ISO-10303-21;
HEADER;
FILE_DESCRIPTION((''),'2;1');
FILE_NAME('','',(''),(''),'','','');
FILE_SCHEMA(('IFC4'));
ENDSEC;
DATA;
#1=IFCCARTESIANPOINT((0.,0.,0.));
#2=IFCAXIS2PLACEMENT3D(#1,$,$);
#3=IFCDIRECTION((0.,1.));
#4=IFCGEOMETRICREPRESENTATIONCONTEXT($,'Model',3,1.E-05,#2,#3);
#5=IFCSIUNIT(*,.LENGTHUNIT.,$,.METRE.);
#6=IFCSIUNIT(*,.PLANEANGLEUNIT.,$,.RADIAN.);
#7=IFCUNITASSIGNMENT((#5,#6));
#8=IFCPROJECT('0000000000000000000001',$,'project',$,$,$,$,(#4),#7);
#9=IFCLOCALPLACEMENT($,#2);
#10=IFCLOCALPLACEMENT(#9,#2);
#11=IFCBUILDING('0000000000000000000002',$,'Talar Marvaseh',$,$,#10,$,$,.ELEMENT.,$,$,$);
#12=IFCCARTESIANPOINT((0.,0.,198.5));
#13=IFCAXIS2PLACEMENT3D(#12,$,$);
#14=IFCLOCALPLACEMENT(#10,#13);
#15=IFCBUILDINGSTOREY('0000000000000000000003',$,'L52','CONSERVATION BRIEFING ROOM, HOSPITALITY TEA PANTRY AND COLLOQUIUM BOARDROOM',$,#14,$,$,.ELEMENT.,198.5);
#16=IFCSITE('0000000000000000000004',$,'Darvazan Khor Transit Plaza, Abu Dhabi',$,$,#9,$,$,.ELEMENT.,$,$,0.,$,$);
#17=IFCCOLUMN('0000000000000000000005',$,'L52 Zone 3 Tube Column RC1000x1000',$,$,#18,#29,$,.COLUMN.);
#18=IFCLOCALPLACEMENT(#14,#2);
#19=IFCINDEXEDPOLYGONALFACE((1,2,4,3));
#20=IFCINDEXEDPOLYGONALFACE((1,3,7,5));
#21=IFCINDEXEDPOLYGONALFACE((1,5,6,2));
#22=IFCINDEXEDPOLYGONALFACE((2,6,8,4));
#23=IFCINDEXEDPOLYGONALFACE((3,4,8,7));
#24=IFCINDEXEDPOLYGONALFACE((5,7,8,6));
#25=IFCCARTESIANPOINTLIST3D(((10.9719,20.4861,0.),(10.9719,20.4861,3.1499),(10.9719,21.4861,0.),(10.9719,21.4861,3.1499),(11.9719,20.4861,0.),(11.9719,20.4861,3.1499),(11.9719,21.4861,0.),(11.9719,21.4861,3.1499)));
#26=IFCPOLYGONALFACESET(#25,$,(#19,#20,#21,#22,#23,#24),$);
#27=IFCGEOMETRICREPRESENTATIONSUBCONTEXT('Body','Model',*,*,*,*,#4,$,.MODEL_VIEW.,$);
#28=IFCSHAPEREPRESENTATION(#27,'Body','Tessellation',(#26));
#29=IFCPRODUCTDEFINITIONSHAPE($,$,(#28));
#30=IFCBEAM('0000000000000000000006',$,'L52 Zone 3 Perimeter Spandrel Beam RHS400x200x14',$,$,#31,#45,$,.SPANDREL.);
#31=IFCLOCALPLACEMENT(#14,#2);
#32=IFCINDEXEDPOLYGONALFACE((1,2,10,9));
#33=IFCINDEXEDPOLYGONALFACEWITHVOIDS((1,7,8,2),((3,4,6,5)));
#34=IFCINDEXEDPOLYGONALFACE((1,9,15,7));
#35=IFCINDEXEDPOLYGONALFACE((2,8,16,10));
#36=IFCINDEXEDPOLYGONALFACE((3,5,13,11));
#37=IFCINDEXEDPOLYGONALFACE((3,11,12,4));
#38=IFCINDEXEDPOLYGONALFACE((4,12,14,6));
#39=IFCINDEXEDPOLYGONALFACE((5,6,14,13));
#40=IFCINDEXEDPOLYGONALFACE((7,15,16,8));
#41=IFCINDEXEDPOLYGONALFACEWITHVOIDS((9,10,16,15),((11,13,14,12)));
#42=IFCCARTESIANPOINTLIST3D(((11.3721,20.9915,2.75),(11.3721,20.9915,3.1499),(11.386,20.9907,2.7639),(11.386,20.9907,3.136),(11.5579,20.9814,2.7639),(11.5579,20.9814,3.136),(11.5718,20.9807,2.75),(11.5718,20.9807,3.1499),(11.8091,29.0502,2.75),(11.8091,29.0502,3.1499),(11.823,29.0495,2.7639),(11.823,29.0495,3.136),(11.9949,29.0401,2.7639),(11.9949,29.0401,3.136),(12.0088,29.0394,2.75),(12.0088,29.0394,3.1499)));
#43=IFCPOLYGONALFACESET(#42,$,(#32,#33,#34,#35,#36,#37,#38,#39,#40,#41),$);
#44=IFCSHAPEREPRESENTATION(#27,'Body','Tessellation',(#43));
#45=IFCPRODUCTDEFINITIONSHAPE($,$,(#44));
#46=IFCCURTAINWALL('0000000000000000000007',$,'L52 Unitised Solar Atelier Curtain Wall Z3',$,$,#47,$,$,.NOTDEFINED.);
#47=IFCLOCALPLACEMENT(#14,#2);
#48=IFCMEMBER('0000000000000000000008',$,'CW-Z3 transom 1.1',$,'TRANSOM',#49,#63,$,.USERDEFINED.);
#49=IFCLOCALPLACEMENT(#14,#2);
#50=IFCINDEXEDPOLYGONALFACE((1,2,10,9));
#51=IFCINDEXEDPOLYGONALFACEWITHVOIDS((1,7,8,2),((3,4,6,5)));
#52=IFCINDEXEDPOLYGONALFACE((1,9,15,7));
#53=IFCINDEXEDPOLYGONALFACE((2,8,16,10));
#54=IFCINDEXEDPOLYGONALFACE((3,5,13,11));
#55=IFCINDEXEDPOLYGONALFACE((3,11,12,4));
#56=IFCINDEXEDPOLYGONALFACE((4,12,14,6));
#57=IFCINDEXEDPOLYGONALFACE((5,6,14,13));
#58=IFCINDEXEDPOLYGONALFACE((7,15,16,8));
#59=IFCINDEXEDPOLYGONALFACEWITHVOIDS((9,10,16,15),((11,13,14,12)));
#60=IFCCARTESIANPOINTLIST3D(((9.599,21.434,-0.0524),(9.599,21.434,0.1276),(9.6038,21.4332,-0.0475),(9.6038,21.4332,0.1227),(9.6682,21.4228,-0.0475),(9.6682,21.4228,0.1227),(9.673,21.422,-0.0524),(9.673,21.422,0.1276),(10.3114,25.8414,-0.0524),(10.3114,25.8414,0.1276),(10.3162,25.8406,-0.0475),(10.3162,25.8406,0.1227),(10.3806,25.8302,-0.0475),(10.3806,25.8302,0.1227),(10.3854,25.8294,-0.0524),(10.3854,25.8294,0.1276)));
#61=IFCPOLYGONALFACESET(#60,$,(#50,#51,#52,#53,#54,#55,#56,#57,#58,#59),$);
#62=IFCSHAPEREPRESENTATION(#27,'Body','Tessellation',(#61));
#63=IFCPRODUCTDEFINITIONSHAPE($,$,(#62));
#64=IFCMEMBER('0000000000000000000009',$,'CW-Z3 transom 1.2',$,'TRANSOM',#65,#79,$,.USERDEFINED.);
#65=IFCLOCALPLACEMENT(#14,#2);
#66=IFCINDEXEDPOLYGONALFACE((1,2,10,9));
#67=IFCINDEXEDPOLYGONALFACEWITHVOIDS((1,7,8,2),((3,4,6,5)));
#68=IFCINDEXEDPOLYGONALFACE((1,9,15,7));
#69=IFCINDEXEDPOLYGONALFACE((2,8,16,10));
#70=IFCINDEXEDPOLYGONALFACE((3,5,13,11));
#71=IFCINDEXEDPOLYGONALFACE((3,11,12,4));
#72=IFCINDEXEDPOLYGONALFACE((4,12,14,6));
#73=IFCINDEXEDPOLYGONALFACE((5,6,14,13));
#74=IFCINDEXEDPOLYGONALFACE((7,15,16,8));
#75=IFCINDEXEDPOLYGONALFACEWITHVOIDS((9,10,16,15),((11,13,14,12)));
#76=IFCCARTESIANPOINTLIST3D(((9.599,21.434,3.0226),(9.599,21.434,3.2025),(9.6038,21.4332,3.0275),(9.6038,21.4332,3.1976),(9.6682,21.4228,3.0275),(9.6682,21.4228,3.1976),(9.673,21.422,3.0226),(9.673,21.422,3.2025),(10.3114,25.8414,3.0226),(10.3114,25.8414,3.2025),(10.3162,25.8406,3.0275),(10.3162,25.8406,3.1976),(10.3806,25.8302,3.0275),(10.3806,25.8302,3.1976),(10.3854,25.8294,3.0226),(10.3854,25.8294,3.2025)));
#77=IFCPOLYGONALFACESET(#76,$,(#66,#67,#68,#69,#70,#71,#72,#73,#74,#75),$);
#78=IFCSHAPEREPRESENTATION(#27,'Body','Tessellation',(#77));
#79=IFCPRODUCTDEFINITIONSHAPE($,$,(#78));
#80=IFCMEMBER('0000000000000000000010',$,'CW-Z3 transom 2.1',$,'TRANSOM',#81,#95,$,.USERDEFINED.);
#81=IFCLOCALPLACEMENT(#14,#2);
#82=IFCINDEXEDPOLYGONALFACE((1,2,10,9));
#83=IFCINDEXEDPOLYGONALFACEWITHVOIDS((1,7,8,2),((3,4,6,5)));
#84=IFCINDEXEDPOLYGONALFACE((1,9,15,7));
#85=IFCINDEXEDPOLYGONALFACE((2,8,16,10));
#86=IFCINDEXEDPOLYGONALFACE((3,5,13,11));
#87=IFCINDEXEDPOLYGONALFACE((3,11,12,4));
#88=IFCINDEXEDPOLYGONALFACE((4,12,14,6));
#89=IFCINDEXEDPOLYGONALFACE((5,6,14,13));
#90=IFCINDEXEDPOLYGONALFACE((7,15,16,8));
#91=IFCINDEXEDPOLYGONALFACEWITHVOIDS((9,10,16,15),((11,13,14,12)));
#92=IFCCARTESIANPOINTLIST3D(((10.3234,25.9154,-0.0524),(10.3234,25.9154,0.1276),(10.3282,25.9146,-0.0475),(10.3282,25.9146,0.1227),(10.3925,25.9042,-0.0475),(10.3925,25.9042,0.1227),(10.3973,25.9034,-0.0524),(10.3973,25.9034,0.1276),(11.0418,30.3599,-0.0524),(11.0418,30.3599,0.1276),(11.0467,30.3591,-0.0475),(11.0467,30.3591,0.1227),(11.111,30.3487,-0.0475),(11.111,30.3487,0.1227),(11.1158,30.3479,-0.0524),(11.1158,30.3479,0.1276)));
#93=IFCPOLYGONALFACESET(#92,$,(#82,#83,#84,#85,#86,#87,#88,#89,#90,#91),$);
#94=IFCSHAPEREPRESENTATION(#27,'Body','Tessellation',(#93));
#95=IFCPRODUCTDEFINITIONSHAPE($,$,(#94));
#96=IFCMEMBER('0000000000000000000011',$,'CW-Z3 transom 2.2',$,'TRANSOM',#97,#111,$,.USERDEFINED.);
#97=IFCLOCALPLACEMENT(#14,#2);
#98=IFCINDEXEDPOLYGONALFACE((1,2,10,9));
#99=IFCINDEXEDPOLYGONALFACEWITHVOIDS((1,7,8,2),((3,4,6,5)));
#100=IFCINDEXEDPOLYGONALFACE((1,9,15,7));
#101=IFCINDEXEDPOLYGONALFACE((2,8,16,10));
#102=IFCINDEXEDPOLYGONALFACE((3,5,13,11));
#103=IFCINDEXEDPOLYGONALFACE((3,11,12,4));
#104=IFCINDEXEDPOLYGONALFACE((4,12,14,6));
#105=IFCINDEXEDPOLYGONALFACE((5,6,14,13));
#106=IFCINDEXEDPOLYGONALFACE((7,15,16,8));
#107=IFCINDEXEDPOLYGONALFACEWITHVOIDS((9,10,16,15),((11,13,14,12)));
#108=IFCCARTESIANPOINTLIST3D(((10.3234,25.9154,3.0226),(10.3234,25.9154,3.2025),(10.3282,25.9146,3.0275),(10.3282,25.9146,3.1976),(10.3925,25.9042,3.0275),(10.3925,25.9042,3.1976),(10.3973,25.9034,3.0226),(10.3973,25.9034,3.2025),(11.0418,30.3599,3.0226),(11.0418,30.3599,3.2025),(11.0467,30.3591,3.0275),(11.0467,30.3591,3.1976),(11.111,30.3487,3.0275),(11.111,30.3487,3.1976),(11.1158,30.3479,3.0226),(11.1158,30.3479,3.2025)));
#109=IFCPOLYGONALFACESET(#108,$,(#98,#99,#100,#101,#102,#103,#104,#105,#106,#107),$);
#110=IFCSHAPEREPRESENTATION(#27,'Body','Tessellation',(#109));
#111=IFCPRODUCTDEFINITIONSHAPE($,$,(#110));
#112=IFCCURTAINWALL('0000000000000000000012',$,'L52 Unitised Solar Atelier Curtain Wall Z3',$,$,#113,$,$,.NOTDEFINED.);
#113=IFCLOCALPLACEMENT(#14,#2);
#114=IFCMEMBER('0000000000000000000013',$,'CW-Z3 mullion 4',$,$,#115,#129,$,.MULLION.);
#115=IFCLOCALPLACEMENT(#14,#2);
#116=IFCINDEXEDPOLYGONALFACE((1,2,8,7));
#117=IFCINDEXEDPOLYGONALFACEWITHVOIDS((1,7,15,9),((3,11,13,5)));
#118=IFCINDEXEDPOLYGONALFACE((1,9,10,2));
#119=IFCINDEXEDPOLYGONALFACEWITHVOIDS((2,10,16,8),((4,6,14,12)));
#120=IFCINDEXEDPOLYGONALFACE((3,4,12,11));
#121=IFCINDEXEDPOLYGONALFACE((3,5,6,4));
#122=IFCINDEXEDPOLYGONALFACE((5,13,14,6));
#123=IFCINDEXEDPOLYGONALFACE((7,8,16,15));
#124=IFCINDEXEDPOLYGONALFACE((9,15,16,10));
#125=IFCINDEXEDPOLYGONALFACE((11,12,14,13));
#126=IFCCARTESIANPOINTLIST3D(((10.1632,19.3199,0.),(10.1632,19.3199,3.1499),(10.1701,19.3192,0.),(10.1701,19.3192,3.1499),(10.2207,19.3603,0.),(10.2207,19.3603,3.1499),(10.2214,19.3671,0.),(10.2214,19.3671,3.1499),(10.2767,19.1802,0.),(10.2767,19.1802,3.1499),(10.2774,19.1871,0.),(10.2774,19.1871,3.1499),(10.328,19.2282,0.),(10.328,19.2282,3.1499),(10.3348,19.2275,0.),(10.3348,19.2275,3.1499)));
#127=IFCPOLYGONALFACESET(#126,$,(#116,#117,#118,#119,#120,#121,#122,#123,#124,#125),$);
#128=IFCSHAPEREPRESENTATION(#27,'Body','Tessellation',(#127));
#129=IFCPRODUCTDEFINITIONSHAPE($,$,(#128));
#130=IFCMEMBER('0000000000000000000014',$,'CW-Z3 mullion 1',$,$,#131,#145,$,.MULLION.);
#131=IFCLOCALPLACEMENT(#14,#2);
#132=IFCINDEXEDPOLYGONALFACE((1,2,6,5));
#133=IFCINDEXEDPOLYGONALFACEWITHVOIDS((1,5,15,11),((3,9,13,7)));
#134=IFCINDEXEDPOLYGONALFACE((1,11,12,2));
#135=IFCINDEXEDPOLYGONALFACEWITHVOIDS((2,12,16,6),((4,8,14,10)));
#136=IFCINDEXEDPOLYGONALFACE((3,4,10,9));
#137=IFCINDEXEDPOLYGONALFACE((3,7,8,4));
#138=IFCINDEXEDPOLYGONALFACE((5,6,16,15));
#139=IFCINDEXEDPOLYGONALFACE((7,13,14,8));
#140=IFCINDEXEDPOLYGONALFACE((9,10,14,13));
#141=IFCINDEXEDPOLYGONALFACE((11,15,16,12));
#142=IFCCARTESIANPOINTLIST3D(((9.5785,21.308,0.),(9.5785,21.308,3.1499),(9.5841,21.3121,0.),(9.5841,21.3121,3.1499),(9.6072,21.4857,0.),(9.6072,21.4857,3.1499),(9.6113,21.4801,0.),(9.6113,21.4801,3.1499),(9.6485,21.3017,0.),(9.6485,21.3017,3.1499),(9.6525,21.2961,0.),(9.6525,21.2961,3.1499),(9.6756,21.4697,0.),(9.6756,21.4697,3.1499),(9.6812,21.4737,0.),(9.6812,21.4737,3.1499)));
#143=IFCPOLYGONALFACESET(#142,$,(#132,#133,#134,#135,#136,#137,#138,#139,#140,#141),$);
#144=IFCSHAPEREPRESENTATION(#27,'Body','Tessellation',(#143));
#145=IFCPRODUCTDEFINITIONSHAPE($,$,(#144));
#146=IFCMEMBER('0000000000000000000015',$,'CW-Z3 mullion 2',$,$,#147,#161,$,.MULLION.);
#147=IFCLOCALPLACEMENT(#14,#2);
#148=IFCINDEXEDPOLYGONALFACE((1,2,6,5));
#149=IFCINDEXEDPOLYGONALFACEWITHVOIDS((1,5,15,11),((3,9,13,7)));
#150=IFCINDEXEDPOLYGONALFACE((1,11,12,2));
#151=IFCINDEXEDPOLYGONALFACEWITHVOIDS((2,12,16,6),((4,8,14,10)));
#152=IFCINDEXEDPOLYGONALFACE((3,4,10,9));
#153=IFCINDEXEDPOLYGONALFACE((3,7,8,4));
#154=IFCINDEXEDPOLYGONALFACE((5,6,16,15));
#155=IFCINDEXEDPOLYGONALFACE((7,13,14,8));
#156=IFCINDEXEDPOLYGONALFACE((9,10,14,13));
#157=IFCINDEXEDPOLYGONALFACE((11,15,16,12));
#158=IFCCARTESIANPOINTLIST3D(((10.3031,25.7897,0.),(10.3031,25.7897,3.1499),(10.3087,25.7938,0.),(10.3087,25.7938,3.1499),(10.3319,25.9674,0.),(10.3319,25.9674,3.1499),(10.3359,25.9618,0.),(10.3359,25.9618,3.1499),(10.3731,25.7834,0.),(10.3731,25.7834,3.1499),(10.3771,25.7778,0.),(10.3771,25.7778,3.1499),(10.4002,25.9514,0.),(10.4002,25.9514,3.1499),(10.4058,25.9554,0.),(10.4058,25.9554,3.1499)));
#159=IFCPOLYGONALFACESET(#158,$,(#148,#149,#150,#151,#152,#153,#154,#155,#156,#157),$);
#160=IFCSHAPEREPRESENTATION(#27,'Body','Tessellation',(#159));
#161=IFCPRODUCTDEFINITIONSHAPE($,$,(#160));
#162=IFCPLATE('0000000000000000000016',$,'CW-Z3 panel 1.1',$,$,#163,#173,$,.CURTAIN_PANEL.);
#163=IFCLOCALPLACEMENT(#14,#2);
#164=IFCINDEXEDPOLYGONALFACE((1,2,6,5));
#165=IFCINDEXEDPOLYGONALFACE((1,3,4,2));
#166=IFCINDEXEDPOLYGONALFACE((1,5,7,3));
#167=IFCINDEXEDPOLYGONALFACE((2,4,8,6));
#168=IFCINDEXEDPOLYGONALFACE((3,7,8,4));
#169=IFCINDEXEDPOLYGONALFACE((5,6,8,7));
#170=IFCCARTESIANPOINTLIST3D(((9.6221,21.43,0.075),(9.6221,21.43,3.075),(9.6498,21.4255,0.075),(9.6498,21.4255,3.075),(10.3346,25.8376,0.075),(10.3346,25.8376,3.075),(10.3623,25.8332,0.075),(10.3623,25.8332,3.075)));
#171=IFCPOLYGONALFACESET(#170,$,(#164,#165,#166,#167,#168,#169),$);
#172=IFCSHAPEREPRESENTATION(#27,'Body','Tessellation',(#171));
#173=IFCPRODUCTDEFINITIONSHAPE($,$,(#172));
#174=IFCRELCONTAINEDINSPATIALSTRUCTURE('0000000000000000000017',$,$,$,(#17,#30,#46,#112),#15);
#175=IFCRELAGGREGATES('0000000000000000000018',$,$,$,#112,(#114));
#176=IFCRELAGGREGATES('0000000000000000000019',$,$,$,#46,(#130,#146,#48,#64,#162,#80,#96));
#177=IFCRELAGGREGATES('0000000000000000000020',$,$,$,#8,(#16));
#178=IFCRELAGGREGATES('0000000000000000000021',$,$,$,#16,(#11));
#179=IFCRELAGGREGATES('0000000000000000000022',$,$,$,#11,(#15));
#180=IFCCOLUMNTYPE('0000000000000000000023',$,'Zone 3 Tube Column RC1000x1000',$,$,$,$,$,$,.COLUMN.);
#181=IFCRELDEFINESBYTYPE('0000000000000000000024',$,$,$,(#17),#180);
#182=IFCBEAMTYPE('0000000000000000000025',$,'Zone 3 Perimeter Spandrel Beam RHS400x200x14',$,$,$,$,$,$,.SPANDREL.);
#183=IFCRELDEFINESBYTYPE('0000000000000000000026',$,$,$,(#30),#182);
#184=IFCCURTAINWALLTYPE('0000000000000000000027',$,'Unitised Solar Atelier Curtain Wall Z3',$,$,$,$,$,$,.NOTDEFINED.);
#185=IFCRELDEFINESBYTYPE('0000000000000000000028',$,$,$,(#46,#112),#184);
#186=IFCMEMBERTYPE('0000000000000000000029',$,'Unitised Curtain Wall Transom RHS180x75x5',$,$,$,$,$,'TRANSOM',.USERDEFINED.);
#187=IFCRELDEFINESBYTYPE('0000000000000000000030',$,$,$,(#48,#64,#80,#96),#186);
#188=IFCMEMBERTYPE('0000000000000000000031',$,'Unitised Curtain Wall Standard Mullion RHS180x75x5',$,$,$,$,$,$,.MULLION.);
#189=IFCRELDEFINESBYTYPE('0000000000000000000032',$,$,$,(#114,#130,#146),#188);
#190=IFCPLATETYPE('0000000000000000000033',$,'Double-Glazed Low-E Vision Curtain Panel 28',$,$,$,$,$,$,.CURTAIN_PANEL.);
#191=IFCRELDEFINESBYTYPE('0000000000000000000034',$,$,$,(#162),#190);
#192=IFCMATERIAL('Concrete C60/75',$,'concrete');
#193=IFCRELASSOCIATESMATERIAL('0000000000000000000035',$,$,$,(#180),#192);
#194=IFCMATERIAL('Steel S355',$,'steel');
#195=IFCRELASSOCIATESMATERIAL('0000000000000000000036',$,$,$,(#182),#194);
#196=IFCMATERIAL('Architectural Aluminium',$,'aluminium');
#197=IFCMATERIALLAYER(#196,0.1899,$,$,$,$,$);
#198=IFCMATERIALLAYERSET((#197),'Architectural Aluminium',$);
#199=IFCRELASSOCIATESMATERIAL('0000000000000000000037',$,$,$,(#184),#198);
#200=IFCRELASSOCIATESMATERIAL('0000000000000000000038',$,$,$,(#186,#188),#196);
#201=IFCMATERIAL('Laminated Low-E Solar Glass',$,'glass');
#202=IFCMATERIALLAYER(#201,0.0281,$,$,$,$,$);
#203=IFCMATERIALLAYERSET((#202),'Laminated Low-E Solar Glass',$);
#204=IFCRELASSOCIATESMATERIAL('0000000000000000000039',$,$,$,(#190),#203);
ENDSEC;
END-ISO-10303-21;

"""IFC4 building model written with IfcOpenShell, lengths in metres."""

from ifc_helpers import new_model, si_unit, direction, frame, origin, origin_2d, place, context, subcontext, project, spatial, rectangle, hollow_rectangle, extrude, source, transform, mapped, material, layer, layer_set, material_profile, profile_set, type_object, type_shapes, element, aggregate, save


model = new_model("IFC4")

# Units and contexts
model_context = context("Model", 3, precision=1e-05, world=origin(), true_north=direction((0.0, 1.0)))
body_context = subcontext(model_context, "Body", "Model", "MODEL_VIEW")
ifc_project = project(units=[si_unit("LENGTHUNIT", "METRE"), si_unit("PLANEANGLEUNIT", "RADIAN")], contexts=[model_context])

# Site, building, storey
site_placement = place(None, origin())
site = spatial("IfcSite", under=ifc_project, at=site_placement, Name="Darvazan Khor Transit Plaza, Abu Dhabi", CompositionType="ELEMENT", RefElevation=0.0)
building_placement = place(site_placement, origin())
building = spatial("IfcBuilding", under=site, at=building_placement, Name="Talar Marvaseh", CompositionType="ELEMENT")
storey_placement = place(building_placement, frame((0.0, 0.0, 198.5)))
storey = spatial("IfcBuildingStorey", under=building, at=storey_placement, Name="L52", Description="CONSERVATION BRIEFING ROOM, HOSPITALITY TEA PANTRY AND COLLOQUIUM BOARDROOM", CompositionType="ELEMENT", Elevation=198.5)

# Column
ifc_material_1 = material(Name="Concrete C60/75", Category="concrete")
ifc_material_profile_1 = material_profile(ifc_material_1, rectangle(XDim=1.0, YDim=1.0, at=origin_2d()), Name="RC1000x1000")
ifc_profile_set_1 = profile_set([ifc_material_profile_1], Name="Concrete C60/75")
column_type = type_object("IfcColumnType", Name="Zone 3 Tube Column RC1000x1000", PredefinedType="COLUMN", material=ifc_profile_set_1)
column_placement = place(storey_placement, frame((11.4719, 20.9861, 0.0), z_axis=(0.0, 0.0, 1.0), x_axis=(1.0, 0.0, 0.0)))
element("IfcColumn", 1, at=column_placement, inside=storey, type_object=column_type, Name="L52 Zone 3 Tube Column RC1000x1000", PredefinedType="COLUMN", context=body_context, shape_type="SweptSolid", body=[
    extrude(rectangle(XDim=1.0, YDim=1.0, at=origin_2d()), origin(), (0.0, 0.0, 1.0), 3.1499),
])

# Beam
ifc_material_2 = material(Name="Steel S355", Category="steel")
ifc_material_profile_2 = material_profile(ifc_material_2, hollow_rectangle(XDim=0.2, YDim=0.3999, WallThickness=0.0139, at=origin_2d()), Name="RHS400x200x14")
ifc_profile_set_2 = profile_set([ifc_material_profile_2], Name="Steel S355")
beam_type = type_object("IfcBeamType", Name="Zone 3 Perimeter Spandrel Beam RHS400x200x14", PredefinedType="SPANDREL", material=ifc_profile_set_2)
beam_placement = place(storey_placement, frame((11.4719, 20.9861, 2.95), z_axis=(0.054148, 0.998533, 0.0), x_axis=(-0.998533, 0.054148, 0.0)))
element("IfcBeam", 2, at=beam_placement, inside=storey, type_object=beam_type, Name="L52 Zone 3 Perimeter Spandrel Beam RHS400x200x14", PredefinedType="SPANDREL", context=body_context, shape_type="SweptSolid", body=[
    extrude(hollow_rectangle(XDim=0.2, YDim=0.3999, WallThickness=0.0139, at=origin_2d()), origin(), (0.0, 0.0, 1.0), 8.0706),
])

# Curtain wall, members
ifc_material_3 = material(Name="Architectural Aluminium", Category="aluminium")
ifc_layer_1 = layer(ifc_material_3, 0.1899)
ifc_layer_set_1 = layer_set([ifc_layer_1], Name="Architectural Aluminium")
curtain_wall_type = type_object("IfcCurtainWallType", Name="Unitised Solar Atelier Curtain Wall Z3", PredefinedType="NOTDEFINED", material=ifc_layer_set_1)
curtain_wall_1_placement = place(storey_placement, origin())
curtain_wall_1 = element("IfcCurtainWall", 3, at=curtain_wall_1_placement, inside=storey, type_object=curtain_wall_type, Name="L52 Unitised Solar Atelier Curtain Wall Z3", PredefinedType="NOTDEFINED")
ifc_material_profile_3 = material_profile(ifc_material_3, hollow_rectangle(XDim=0.075, YDim=0.1799, WallThickness=0.0049, at=origin_2d()), Name="RHS180x75x5")
ifc_profile_set_3 = profile_set([ifc_material_profile_3], Name="Architectural Aluminium")
member_type_1 = type_object("IfcMemberType", Name="Unitised Curtain Wall Transom RHS180x75x5", ElementType="TRANSOM", PredefinedType="USERDEFINED", material=ifc_profile_set_3)
shared_shape_1 = source(origin(), body_context, "Body", "SweptSolid", [
    extrude(hollow_rectangle(XDim=0.075, YDim=0.1799, WallThickness=0.0049, at=origin_2d()), origin(), (0.0, 0.0, 1.0), 4.4646),
])
member_1_placement = place(storey_placement, frame((9.636, 21.428, 0.0376), z_axis=(0.159564, 0.987188, 0.0), x_axis=(-0.987188, 0.159564, 0.0)))
member_1 = element("IfcMember", 4, at=member_1_placement, type_object=member_type_1, Name="CW-Z3 transom 1.1", ObjectType="TRANSOM", PredefinedType="USERDEFINED", context=body_context, shape_type="MappedRepresentation", body=[
    mapped(shared_shape_1, transform((0.0, 0.0, 0.0), x_axis=(1.0, 0.0, 0.0), y_axis=(0.0, 1.0, 0.0), z_axis=(0.0, 0.0, 1.0), scale=1.0)),
])
member_2_placement = place(storey_placement, frame((9.636, 21.428, 3.1125), z_axis=(0.159564, 0.987188, 0.0), x_axis=(-0.987188, 0.159564, 0.0)))
member_2 = element("IfcMember", 5, at=member_2_placement, type_object=member_type_1, Name="CW-Z3 transom 1.2", ObjectType="TRANSOM", PredefinedType="USERDEFINED", context=body_context, shape_type="MappedRepresentation", body=[
    mapped(shared_shape_1, transform((0.0, 0.0, 0.0), x_axis=(1.0, 0.0, 0.0), y_axis=(0.0, 1.0, 0.0), z_axis=(0.0, 0.0, 1.0), scale=1.0)),
])
shared_shape_2 = source(origin(), body_context, "Body", "SweptSolid", [
    extrude(hollow_rectangle(XDim=0.075, YDim=0.1799, WallThickness=0.0049, at=origin_2d()), origin(), (0.0, 0.0, 1.0), 4.5022),
])
type_shapes(member_type_1, [shared_shape_1, shared_shape_2])
member_3_placement = place(storey_placement, frame((10.3604, 25.9094, 0.0376), z_axis=(0.159587, 0.987184, 0.0), x_axis=(-0.987184, 0.159587, 0.0)))
member_3 = element("IfcMember", 6, at=member_3_placement, type_object=member_type_1, Name="CW-Z3 transom 2.1", ObjectType="TRANSOM", PredefinedType="USERDEFINED", context=body_context, shape_type="MappedRepresentation", body=[
    mapped(shared_shape_2, transform((0.0, 0.0, 0.0), x_axis=(1.0, 0.0, 0.0), y_axis=(0.0, 1.0, 0.0), z_axis=(0.0, 0.0, 1.0), scale=1.0)),
])
member_4_placement = place(storey_placement, frame((10.3604, 25.9094, 3.1125), z_axis=(0.159587, 0.987184, 0.0), x_axis=(-0.987184, 0.159587, 0.0)))
member_4 = element("IfcMember", 7, at=member_4_placement, type_object=member_type_1, Name="CW-Z3 transom 2.2", ObjectType="TRANSOM", PredefinedType="USERDEFINED", context=body_context, shape_type="MappedRepresentation", body=[
    mapped(shared_shape_2, transform((0.0, 0.0, 0.0), x_axis=(1.0, 0.0, 0.0), y_axis=(0.0, 1.0, 0.0), z_axis=(0.0, 0.0, 1.0), scale=1.0)),
])

# Curtain wall, member
curtain_wall_2_placement = place(storey_placement, origin())
curtain_wall_2 = element("IfcCurtainWall", 8, at=curtain_wall_2_placement, inside=storey, type_object=curtain_wall_type, Name="L52 Unitised Solar Atelier Curtain Wall Z3", PredefinedType="NOTDEFINED")
ifc_material_profile_4 = material_profile(ifc_material_3, hollow_rectangle(XDim=0.075, YDim=0.1799, WallThickness=0.0049, at=origin_2d()), Name="RHS180x75x5")
ifc_profile_set_4 = profile_set([ifc_material_profile_4], Name="Architectural Aluminium")
member_type_2 = type_object("IfcMemberType", Name="Unitised Curtain Wall Standard Mullion RHS180x75x5", PredefinedType="MULLION", material=ifc_profile_set_4)
shared_shape_3 = source(origin(), body_context, "Body", "SweptSolid", [
    extrude(hollow_rectangle(XDim=0.075, YDim=0.1799, WallThickness=0.0049, at=origin_2d()), origin(), (0.0, 0.0, 1.0), 3.1499),
])
type_shapes(member_type_2, [shared_shape_3])
member_5_placement = place(storey_placement, frame((10.249, 19.2737, 0.0), z_axis=(0.0, 0.0, 1.0), x_axis=(-0.776086, -0.630627, 0.0)))
member_5 = element("IfcMember", 9, at=member_5_placement, type_object=member_type_2, Name="CW-Z3 mullion 4", PredefinedType="MULLION", context=body_context, shape_type="MappedRepresentation", body=[
    mapped(shared_shape_3, transform((0.0, 0.0, 0.0), x_axis=(1.0, 0.0, 0.0), y_axis=(0.0, 1.0, 0.0), z_axis=(0.0, 0.0, 1.0), scale=1.0)),
])
aggregate(curtain_wall_2, [member_5])

# Members
member_6_placement = place(storey_placement, frame((9.6299, 21.3909, 0.0), z_axis=(0.0, 0.0, 1.0), x_axis=(-0.987186, 0.159572, 0.0)))
member_6 = element("IfcMember", 10, at=member_6_placement, type_object=member_type_2, Name="CW-Z3 mullion 1", PredefinedType="MULLION", context=body_context, shape_type="MappedRepresentation", body=[
    mapped(shared_shape_3, transform((0.0, 0.0, 0.0), x_axis=(1.0, 0.0, 0.0), y_axis=(0.0, 1.0, 0.0), z_axis=(0.0, 0.0, 1.0), scale=1.0)),
])
member_7_placement = place(storey_placement, frame((10.3545, 25.8726, 0.0), z_axis=(0.0, 0.0, 1.0), x_axis=(-0.987186, 0.159572, 0.0)))
member_7 = element("IfcMember", 11, at=member_7_placement, type_object=member_type_2, Name="CW-Z3 mullion 2", PredefinedType="MULLION", context=body_context, shape_type="MappedRepresentation", body=[
    mapped(shared_shape_3, transform((0.0, 0.0, 0.0), x_axis=(1.0, 0.0, 0.0), y_axis=(0.0, 1.0, 0.0), z_axis=(0.0, 0.0, 1.0), scale=1.0)),
])

# Plate
ifc_material_4 = material(Name="Laminated Low-E Solar Glass", Category="glass")
ifc_layer_2 = layer(ifc_material_4, 0.0281)
ifc_layer_set_2 = layer_set([ifc_layer_2], Name="Laminated Low-E Solar Glass")
plate_type = type_object("IfcPlateType", Name="Double-Glazed Low-E Vision Curtain Panel 28", PredefinedType="CURTAIN_PANEL", material=ifc_layer_set_2)
shared_shape_4 = source(origin(), body_context, "Body", "SweptSolid", [
    extrude(rectangle(XDim=4.4648, YDim=0.0281, at=origin_2d()), origin(), (0.0, 0.0, 1.0), 3.0),
])
type_shapes(plate_type, [shared_shape_4])
plate_placement = place(storey_placement, frame((9.9922, 23.6316, 0.075), z_axis=(0.0, 0.0, 1.0), x_axis=(0.159572, 0.987186, 0.0)))
plate = element("IfcPlate", 12, at=plate_placement, type_object=plate_type, Name="CW-Z3 panel 1.1", PredefinedType="CURTAIN_PANEL", context=body_context, shape_type="MappedRepresentation", body=[
    mapped(shared_shape_4, transform((0.0, 0.0, 0.0), x_axis=(1.0, 0.0, 0.0), y_axis=(0.0, 1.0, 0.0), z_axis=(0.0, 0.0, 1.0), scale=1.0)),
])
aggregate(curtain_wall_1, [member_6, member_7, member_1, member_2, plate, member_3, member_4])

save(model, "model.ifc")
